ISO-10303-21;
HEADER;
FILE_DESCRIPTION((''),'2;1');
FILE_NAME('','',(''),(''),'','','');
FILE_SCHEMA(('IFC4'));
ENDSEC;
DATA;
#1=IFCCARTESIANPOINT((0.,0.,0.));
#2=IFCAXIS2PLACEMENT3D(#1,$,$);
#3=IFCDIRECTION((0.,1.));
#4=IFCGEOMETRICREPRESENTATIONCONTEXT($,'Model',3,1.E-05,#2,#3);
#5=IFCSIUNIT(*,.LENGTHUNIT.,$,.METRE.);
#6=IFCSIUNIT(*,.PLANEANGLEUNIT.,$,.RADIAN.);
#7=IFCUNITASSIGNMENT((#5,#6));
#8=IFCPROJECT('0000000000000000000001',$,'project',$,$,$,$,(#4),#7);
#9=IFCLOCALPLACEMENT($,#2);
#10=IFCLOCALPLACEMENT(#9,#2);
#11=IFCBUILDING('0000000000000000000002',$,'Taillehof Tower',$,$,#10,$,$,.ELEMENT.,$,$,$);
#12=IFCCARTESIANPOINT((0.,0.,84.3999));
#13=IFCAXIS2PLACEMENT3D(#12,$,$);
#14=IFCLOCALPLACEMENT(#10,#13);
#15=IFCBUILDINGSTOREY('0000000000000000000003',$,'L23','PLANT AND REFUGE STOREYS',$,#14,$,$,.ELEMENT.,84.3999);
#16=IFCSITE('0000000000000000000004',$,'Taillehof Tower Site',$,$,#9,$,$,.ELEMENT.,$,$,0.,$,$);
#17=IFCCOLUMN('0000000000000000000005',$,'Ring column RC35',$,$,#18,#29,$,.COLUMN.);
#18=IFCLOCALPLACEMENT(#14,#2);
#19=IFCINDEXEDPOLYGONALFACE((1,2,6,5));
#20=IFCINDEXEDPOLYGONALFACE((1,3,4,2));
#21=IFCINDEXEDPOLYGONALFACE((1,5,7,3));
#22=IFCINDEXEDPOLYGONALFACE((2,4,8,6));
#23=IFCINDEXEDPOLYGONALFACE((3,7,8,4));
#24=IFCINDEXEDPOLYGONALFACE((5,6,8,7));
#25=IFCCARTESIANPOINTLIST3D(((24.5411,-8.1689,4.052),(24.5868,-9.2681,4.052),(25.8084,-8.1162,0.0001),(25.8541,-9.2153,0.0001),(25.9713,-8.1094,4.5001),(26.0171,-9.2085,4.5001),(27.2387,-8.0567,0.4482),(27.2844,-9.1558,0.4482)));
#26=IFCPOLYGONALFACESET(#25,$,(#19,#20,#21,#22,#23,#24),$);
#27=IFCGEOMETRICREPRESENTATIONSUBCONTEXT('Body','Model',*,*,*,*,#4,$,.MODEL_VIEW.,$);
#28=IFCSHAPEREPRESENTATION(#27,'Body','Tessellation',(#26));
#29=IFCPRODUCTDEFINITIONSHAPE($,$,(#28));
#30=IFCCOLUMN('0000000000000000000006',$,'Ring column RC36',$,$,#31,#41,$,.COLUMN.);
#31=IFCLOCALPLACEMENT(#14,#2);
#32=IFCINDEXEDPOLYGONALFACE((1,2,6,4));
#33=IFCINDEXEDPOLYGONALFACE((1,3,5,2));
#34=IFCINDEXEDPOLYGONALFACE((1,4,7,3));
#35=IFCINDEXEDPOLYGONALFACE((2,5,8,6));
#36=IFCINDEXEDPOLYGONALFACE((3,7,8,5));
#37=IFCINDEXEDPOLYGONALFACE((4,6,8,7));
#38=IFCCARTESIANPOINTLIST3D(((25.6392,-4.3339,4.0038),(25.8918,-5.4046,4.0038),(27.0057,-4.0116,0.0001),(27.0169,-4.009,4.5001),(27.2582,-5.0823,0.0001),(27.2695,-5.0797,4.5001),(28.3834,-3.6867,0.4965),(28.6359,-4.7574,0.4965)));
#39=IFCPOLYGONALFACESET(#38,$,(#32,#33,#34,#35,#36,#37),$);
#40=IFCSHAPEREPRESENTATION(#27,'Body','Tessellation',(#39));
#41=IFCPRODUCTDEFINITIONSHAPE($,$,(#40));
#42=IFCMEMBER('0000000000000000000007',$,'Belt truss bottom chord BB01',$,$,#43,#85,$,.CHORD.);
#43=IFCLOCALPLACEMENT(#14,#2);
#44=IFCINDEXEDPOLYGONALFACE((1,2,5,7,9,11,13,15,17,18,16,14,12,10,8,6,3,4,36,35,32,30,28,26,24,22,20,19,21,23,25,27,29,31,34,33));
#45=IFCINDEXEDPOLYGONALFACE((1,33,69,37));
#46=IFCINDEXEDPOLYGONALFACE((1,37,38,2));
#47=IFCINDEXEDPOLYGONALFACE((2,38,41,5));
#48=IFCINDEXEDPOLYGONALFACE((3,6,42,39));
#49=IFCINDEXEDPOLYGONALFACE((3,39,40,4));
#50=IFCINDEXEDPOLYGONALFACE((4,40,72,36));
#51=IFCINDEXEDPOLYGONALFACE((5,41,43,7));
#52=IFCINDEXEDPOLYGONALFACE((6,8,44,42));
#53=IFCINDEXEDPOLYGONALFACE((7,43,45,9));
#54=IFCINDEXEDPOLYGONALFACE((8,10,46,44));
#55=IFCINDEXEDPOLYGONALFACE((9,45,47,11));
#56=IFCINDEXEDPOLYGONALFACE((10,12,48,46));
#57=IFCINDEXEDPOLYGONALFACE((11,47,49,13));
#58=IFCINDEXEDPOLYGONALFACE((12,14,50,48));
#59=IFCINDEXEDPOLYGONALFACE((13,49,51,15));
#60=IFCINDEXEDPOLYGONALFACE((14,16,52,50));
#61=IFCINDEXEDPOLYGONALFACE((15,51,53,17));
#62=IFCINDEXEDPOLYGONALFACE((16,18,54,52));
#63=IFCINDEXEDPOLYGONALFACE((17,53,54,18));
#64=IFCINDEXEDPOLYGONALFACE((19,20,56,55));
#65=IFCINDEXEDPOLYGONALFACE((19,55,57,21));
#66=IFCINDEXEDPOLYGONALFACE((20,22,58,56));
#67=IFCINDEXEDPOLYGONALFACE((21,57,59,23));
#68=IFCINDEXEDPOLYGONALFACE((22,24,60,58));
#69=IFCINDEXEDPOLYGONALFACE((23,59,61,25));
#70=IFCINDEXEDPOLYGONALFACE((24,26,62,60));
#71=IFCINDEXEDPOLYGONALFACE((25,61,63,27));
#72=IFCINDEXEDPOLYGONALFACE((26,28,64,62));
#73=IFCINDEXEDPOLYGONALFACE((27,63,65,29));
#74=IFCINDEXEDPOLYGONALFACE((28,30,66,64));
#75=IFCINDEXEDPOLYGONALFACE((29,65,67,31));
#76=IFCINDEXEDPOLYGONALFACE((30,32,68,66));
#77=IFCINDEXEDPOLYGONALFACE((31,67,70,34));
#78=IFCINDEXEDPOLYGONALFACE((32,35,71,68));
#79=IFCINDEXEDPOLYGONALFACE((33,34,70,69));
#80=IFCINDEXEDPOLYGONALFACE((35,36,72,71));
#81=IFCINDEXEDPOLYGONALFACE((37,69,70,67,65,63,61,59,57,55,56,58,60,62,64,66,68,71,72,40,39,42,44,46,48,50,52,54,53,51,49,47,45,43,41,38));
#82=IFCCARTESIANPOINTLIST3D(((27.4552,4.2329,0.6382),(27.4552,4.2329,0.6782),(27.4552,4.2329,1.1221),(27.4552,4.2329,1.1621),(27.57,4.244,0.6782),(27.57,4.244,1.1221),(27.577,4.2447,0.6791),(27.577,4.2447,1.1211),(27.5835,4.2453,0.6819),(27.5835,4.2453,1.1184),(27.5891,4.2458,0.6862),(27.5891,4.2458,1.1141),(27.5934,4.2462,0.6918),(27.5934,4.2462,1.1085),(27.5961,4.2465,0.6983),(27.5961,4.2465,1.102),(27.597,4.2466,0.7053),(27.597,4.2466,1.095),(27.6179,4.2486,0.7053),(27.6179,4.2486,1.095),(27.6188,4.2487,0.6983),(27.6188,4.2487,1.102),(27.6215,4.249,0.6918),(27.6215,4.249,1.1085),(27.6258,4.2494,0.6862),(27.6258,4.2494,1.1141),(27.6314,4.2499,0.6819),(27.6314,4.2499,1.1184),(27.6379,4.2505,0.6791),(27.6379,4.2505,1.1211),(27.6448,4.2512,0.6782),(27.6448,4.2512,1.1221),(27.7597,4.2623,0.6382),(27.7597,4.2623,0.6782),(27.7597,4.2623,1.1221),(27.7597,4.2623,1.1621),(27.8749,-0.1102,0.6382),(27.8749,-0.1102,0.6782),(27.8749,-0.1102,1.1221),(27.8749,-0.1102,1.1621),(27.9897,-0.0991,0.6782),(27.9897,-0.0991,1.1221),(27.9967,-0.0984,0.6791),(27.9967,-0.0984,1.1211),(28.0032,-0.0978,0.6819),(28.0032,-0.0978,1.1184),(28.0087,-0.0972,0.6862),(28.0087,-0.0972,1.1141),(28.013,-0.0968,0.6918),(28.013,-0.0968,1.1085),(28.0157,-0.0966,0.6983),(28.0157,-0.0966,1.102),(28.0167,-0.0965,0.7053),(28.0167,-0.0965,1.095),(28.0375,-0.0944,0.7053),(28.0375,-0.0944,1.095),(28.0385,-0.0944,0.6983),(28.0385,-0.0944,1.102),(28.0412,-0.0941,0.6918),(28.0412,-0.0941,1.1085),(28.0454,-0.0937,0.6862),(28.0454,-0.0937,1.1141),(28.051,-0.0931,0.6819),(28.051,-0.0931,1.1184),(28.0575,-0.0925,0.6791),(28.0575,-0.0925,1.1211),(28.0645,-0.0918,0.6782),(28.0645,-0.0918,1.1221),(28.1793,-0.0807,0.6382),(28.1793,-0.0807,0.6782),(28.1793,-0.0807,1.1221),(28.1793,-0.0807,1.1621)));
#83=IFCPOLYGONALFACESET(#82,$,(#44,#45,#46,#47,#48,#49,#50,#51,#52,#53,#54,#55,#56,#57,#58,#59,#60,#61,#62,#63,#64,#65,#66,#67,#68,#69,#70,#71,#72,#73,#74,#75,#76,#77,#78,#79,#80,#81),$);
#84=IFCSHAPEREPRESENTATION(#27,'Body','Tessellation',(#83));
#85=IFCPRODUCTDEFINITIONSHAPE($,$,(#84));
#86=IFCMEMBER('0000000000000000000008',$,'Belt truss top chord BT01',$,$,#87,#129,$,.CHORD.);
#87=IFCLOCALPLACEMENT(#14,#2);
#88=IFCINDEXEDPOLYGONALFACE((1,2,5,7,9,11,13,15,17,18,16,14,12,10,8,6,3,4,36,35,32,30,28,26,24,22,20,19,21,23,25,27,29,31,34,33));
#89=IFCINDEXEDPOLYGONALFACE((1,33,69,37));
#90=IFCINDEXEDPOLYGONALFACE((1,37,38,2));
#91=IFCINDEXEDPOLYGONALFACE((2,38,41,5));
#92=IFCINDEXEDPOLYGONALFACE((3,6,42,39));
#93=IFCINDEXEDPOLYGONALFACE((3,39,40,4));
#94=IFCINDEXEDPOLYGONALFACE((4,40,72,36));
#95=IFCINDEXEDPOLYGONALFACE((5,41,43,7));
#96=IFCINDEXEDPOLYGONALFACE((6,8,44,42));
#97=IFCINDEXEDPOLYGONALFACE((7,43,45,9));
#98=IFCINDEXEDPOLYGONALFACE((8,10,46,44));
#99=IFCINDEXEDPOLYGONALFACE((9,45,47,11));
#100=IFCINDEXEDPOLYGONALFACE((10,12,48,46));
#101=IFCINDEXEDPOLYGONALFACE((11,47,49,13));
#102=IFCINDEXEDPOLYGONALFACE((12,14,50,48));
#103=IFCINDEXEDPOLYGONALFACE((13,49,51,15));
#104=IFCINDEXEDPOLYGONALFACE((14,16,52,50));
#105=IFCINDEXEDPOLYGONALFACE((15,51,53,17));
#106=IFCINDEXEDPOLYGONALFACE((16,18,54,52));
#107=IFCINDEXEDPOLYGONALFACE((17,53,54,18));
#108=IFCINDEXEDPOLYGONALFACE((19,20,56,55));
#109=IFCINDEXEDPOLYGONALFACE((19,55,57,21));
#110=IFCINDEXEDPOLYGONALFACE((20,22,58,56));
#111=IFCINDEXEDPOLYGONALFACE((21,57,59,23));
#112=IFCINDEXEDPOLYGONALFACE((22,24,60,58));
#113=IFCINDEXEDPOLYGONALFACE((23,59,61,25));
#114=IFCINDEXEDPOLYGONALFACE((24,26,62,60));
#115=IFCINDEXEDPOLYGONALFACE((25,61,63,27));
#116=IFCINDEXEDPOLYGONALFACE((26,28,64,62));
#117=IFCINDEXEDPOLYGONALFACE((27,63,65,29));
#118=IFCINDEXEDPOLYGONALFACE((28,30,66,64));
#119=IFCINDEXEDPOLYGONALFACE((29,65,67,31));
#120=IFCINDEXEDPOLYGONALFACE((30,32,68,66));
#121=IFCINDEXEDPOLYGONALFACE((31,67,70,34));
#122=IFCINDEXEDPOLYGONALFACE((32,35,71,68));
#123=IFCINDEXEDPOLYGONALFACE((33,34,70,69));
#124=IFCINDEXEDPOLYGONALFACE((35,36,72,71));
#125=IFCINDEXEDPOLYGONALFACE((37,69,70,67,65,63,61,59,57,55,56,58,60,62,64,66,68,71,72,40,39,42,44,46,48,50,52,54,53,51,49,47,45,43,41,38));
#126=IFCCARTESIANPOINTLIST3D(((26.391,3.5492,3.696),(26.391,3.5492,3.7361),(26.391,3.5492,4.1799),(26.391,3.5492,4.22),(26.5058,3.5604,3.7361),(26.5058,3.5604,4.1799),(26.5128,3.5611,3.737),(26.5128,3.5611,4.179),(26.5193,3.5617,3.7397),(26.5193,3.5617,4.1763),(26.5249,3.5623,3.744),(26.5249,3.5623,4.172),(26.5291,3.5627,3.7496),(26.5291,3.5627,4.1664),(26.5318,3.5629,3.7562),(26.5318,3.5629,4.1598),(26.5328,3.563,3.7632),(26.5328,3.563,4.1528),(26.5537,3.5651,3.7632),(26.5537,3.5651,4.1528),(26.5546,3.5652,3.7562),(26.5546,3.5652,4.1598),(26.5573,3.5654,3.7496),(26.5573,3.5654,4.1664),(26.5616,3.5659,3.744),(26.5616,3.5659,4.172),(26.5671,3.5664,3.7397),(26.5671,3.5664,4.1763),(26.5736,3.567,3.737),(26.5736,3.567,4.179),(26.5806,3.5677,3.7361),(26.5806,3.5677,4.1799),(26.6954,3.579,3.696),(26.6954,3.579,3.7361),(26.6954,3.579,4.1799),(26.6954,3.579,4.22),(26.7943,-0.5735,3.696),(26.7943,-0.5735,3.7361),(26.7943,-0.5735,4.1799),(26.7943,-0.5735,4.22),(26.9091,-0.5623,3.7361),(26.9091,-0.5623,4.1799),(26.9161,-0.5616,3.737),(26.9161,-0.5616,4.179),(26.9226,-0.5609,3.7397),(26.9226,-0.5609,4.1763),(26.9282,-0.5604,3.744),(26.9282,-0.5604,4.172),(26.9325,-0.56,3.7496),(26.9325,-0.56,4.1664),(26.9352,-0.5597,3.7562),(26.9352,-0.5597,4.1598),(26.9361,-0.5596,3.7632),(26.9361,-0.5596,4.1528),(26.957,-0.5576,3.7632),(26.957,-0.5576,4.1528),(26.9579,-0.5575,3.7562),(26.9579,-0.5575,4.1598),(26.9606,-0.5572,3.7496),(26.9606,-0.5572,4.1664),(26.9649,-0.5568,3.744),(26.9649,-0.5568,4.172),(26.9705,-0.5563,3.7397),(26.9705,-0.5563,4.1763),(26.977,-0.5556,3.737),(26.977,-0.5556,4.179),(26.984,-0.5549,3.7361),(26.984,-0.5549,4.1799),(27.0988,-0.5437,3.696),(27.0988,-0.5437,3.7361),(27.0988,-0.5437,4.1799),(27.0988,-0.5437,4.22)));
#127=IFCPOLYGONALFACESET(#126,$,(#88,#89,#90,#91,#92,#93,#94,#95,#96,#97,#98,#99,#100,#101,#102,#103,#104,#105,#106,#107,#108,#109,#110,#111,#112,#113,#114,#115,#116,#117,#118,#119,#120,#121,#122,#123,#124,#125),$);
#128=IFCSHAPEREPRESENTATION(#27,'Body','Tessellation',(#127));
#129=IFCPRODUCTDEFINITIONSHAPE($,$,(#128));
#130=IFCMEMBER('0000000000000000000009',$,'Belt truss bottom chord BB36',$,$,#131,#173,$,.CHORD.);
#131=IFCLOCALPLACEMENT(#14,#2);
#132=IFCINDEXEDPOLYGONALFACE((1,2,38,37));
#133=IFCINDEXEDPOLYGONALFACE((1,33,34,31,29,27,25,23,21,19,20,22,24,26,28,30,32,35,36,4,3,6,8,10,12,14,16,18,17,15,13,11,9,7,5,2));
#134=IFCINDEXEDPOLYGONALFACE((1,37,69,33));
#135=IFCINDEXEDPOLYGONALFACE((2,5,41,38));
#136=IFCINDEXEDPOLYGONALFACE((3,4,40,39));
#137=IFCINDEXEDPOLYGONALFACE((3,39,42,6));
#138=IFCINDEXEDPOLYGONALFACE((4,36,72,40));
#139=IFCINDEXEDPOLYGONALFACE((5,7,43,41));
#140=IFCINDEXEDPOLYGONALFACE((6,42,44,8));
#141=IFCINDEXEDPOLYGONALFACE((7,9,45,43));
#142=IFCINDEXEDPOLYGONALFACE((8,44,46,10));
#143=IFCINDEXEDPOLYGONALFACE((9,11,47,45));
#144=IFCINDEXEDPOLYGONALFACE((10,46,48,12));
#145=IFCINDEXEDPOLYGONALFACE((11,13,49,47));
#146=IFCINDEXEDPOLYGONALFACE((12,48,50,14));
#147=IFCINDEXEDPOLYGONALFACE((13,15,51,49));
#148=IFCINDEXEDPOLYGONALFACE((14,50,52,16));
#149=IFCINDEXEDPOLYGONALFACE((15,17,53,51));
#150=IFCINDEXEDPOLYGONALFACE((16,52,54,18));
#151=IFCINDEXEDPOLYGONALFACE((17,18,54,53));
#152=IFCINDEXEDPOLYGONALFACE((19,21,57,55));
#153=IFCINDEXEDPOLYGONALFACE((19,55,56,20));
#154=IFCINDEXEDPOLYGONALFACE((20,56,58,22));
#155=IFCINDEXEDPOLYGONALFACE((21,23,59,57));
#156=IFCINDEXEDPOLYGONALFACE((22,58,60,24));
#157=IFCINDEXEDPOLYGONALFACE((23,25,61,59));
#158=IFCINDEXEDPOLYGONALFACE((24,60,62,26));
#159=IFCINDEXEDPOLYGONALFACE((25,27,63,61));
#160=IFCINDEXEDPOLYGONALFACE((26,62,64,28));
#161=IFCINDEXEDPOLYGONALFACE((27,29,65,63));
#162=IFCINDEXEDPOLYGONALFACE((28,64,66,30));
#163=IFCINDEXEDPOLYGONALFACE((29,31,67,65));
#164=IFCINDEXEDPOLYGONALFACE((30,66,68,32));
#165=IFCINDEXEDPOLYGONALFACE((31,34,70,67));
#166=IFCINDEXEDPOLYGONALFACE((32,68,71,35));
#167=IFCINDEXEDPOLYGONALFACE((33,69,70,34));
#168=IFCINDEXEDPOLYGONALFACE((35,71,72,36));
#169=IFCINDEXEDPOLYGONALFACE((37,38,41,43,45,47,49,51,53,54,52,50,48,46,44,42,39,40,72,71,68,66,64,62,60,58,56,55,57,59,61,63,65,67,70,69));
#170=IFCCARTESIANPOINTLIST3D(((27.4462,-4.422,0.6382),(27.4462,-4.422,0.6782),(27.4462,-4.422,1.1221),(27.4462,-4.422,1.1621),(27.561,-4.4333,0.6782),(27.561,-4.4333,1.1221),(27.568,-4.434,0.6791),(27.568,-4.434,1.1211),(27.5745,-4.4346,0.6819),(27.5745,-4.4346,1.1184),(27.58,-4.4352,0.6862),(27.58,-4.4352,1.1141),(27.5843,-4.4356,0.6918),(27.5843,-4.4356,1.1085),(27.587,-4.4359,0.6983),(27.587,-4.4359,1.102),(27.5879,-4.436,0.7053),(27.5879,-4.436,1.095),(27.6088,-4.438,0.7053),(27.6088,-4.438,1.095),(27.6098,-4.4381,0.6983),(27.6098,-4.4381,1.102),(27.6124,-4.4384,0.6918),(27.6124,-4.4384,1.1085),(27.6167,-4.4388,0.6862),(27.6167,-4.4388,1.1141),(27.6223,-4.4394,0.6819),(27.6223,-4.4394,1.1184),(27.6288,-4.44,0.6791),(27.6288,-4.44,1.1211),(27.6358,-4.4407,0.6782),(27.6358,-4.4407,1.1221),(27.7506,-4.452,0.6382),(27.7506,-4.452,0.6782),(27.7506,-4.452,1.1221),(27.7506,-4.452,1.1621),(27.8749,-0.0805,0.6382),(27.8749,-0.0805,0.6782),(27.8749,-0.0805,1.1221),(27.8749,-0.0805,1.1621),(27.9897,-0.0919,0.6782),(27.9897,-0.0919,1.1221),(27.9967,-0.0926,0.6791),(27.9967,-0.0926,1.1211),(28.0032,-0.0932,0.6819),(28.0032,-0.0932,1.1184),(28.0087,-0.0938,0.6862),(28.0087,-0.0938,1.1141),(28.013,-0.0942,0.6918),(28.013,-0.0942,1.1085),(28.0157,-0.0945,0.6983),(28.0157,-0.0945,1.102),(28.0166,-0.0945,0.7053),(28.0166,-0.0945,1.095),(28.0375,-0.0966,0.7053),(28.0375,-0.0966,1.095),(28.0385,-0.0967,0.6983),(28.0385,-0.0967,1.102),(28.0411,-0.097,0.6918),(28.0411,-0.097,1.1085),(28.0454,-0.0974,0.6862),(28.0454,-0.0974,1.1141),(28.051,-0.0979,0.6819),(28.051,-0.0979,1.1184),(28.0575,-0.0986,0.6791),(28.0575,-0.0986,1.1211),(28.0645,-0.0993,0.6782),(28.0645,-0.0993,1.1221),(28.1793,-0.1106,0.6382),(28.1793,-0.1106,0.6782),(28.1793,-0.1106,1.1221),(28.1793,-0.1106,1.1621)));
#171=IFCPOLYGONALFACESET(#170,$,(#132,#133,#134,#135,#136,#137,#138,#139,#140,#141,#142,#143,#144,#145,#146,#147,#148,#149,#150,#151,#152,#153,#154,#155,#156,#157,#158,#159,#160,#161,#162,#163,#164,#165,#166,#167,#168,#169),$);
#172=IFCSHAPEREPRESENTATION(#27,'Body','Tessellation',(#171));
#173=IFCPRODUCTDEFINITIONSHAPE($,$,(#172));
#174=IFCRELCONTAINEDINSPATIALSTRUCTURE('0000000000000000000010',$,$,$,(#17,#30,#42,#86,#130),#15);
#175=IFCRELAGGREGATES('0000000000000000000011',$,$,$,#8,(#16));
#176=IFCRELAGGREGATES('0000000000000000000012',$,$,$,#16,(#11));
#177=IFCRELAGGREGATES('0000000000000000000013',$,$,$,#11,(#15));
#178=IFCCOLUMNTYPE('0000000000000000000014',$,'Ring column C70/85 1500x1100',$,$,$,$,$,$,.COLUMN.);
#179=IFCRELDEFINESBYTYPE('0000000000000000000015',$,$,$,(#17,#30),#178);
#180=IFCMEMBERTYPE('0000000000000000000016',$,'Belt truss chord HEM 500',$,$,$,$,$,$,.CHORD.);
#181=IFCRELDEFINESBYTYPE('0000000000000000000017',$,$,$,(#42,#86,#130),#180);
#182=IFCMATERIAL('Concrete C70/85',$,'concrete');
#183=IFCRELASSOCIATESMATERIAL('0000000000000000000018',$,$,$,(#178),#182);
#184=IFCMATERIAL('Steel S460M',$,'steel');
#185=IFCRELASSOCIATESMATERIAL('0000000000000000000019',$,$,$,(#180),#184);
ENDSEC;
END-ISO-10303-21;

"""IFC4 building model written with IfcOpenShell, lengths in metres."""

from ifc_helpers import new_model, si_unit, direction, frame, origin, origin_2d, place, context, subcontext, project, spatial, rectangle, i_section, extrude, material, material_profile, profile_set, type_object, element, save


model = new_model("IFC4")

# Units and contexts
model_context = context("Model", 3, precision=1e-05, world=origin(), true_north=direction((0.0, 1.0)))
body_context = subcontext(model_context, "Body", "Model", "MODEL_VIEW")
ifc_project = project(units=[si_unit("LENGTHUNIT", "METRE"), si_unit("PLANEANGLEUNIT", "RADIAN")], contexts=[model_context])

# Site, building, storey
site_placement = place(None, origin())
site = spatial("IfcSite", under=ifc_project, at=site_placement, Name="Taillehof Tower Site", CompositionType="ELEMENT", RefElevation=0.0)
building_placement = place(site_placement, origin())
building = spatial("IfcBuilding", under=site, at=building_placement, Name="Taillehof Tower", CompositionType="ELEMENT")
storey_placement = place(building_placement, frame((0.0, 0.0, 84.3999)))
storey = spatial("IfcBuildingStorey", under=building, at=storey_placement, Name="L23", Description="PLANT AND REFUGE STOREYS", CompositionType="ELEMENT", Elevation=84.3999)

# Columns
ifc_material_1 = material(Name="Concrete C70/85", Category="concrete")
ifc_material_profile_1 = material_profile(ifc_material_1, rectangle(XDim=1.5, YDim=1.1001, at=origin_2d()), Name="RC 1500x1100")
ifc_profile_set_1 = profile_set([ifc_material_profile_1], Name="Concrete C70/85")
column_type = type_object("IfcColumnType", Name="Ring column C70/85 1500x1100", PredefinedType="COLUMN", material=ifc_profile_set_1)
column_1_placement = place(storey_placement, frame((26.5464, -8.636, 0.2241), z_axis=(-0.298484, -0.01242, 0.954334), x_axis=(0.953509, 0.039676, 0.298743)))
element("IfcColumn", 1, at=column_1_placement, inside=storey, type_object=column_type, Name="Ring column RC35", PredefinedType="COLUMN", context=body_context, shape_type="SweptSolid", body=[
    extrude(rectangle(XDim=1.5, YDim=1.1001, at=origin_2d()), origin(), (0.0, 0.0, 1.0), 4.2458),
])
column_2_placement = place(storey_placement, frame((27.8208, -4.3845, 0.2483), z_axis=(-0.322073, -0.075958, 0.943663), x_axis=(0.918465, 0.216611, 0.330909)))
element("IfcColumn", 2, at=column_2_placement, inside=storey, type_object=column_type, Name="Ring column RC36", PredefinedType="COLUMN", context=body_context, shape_type="SweptSolid", body=[
    extrude(rectangle(XDim=1.5, YDim=1.1001, at=origin_2d()), origin(), (0.0, 0.0, 1.0), 4.2427),
])

# Members
ifc_material_2 = material(Name="Steel S460M", Category="steel")
ifc_material_profile_2 = material_profile(ifc_material_2, i_section(OverallWidth=0.3059, OverallDepth=0.5239, WebThickness=0.021, FlangeThickness=0.04, FilletRadius=0.0271, at=origin_2d()), Name="HEM 500")
ifc_profile_set_2 = profile_set([ifc_material_profile_2], Name="Steel S460M")
member_type_1 = type_object("IfcMemberType", Name="Belt truss chord HEM 500", PredefinedType="CHORD", material=ifc_profile_set_2)
member_1_placement = place(storey_placement, frame((28.0271, -0.0955, 0.9001), z_axis=(-0.096185, 0.995364, 0.0), x_axis=(-0.995364, -0.096185, 0.0)))
element("IfcMember", 3, at=member_1_placement, inside=storey, type_object=member_type_1, Name="Belt truss bottom chord BB01", PredefinedType="CHORD", context=body_context, shape_type="SweptSolid", body=[
    extrude(i_section(OverallWidth=0.3059, OverallDepth=0.5239, WebThickness=0.021, FlangeThickness=0.04, FilletRadius=0.0271, at=origin_2d()), origin(), (0.0, 0.0, 1.0), 4.3633),
])
member_2_placement = place(storey_placement, frame((26.9465, -0.5586, 3.958), z_axis=(-0.097368, 0.995248, 0.0), x_axis=(-0.995248, -0.097368, 0.0)))
element("IfcMember", 4, at=member_2_placement, inside=storey, type_object=member_type_1, Name="Belt truss top chord BT01", PredefinedType="CHORD", context=body_context, shape_type="SweptSolid", body=[
    extrude(i_section(OverallWidth=0.3059, OverallDepth=0.5239, WebThickness=0.021, FlangeThickness=0.04, FilletRadius=0.0271, at=origin_2d()), origin(), (0.0, 0.0, 1.0), 4.1423),
])
member_3_placement = place(storey_placement, frame((27.5984, -4.437, 0.9001), z_axis=(0.098268, 0.99516, 0.0), x_axis=(-0.99516, 0.098268, 0.0)))
element("IfcMember", 5, at=member_3_placement, inside=storey, type_object=member_type_1, Name="Belt truss bottom chord BB36", PredefinedType="CHORD", context=body_context, shape_type="SweptSolid", body=[
    extrude(i_section(OverallWidth=0.3059, OverallDepth=0.5239, WebThickness=0.021, FlangeThickness=0.04, FilletRadius=0.0271, at=origin_2d()), origin(), (0.0, 0.0, 1.0), 4.3625),
])

save(model, "model.ifc")
